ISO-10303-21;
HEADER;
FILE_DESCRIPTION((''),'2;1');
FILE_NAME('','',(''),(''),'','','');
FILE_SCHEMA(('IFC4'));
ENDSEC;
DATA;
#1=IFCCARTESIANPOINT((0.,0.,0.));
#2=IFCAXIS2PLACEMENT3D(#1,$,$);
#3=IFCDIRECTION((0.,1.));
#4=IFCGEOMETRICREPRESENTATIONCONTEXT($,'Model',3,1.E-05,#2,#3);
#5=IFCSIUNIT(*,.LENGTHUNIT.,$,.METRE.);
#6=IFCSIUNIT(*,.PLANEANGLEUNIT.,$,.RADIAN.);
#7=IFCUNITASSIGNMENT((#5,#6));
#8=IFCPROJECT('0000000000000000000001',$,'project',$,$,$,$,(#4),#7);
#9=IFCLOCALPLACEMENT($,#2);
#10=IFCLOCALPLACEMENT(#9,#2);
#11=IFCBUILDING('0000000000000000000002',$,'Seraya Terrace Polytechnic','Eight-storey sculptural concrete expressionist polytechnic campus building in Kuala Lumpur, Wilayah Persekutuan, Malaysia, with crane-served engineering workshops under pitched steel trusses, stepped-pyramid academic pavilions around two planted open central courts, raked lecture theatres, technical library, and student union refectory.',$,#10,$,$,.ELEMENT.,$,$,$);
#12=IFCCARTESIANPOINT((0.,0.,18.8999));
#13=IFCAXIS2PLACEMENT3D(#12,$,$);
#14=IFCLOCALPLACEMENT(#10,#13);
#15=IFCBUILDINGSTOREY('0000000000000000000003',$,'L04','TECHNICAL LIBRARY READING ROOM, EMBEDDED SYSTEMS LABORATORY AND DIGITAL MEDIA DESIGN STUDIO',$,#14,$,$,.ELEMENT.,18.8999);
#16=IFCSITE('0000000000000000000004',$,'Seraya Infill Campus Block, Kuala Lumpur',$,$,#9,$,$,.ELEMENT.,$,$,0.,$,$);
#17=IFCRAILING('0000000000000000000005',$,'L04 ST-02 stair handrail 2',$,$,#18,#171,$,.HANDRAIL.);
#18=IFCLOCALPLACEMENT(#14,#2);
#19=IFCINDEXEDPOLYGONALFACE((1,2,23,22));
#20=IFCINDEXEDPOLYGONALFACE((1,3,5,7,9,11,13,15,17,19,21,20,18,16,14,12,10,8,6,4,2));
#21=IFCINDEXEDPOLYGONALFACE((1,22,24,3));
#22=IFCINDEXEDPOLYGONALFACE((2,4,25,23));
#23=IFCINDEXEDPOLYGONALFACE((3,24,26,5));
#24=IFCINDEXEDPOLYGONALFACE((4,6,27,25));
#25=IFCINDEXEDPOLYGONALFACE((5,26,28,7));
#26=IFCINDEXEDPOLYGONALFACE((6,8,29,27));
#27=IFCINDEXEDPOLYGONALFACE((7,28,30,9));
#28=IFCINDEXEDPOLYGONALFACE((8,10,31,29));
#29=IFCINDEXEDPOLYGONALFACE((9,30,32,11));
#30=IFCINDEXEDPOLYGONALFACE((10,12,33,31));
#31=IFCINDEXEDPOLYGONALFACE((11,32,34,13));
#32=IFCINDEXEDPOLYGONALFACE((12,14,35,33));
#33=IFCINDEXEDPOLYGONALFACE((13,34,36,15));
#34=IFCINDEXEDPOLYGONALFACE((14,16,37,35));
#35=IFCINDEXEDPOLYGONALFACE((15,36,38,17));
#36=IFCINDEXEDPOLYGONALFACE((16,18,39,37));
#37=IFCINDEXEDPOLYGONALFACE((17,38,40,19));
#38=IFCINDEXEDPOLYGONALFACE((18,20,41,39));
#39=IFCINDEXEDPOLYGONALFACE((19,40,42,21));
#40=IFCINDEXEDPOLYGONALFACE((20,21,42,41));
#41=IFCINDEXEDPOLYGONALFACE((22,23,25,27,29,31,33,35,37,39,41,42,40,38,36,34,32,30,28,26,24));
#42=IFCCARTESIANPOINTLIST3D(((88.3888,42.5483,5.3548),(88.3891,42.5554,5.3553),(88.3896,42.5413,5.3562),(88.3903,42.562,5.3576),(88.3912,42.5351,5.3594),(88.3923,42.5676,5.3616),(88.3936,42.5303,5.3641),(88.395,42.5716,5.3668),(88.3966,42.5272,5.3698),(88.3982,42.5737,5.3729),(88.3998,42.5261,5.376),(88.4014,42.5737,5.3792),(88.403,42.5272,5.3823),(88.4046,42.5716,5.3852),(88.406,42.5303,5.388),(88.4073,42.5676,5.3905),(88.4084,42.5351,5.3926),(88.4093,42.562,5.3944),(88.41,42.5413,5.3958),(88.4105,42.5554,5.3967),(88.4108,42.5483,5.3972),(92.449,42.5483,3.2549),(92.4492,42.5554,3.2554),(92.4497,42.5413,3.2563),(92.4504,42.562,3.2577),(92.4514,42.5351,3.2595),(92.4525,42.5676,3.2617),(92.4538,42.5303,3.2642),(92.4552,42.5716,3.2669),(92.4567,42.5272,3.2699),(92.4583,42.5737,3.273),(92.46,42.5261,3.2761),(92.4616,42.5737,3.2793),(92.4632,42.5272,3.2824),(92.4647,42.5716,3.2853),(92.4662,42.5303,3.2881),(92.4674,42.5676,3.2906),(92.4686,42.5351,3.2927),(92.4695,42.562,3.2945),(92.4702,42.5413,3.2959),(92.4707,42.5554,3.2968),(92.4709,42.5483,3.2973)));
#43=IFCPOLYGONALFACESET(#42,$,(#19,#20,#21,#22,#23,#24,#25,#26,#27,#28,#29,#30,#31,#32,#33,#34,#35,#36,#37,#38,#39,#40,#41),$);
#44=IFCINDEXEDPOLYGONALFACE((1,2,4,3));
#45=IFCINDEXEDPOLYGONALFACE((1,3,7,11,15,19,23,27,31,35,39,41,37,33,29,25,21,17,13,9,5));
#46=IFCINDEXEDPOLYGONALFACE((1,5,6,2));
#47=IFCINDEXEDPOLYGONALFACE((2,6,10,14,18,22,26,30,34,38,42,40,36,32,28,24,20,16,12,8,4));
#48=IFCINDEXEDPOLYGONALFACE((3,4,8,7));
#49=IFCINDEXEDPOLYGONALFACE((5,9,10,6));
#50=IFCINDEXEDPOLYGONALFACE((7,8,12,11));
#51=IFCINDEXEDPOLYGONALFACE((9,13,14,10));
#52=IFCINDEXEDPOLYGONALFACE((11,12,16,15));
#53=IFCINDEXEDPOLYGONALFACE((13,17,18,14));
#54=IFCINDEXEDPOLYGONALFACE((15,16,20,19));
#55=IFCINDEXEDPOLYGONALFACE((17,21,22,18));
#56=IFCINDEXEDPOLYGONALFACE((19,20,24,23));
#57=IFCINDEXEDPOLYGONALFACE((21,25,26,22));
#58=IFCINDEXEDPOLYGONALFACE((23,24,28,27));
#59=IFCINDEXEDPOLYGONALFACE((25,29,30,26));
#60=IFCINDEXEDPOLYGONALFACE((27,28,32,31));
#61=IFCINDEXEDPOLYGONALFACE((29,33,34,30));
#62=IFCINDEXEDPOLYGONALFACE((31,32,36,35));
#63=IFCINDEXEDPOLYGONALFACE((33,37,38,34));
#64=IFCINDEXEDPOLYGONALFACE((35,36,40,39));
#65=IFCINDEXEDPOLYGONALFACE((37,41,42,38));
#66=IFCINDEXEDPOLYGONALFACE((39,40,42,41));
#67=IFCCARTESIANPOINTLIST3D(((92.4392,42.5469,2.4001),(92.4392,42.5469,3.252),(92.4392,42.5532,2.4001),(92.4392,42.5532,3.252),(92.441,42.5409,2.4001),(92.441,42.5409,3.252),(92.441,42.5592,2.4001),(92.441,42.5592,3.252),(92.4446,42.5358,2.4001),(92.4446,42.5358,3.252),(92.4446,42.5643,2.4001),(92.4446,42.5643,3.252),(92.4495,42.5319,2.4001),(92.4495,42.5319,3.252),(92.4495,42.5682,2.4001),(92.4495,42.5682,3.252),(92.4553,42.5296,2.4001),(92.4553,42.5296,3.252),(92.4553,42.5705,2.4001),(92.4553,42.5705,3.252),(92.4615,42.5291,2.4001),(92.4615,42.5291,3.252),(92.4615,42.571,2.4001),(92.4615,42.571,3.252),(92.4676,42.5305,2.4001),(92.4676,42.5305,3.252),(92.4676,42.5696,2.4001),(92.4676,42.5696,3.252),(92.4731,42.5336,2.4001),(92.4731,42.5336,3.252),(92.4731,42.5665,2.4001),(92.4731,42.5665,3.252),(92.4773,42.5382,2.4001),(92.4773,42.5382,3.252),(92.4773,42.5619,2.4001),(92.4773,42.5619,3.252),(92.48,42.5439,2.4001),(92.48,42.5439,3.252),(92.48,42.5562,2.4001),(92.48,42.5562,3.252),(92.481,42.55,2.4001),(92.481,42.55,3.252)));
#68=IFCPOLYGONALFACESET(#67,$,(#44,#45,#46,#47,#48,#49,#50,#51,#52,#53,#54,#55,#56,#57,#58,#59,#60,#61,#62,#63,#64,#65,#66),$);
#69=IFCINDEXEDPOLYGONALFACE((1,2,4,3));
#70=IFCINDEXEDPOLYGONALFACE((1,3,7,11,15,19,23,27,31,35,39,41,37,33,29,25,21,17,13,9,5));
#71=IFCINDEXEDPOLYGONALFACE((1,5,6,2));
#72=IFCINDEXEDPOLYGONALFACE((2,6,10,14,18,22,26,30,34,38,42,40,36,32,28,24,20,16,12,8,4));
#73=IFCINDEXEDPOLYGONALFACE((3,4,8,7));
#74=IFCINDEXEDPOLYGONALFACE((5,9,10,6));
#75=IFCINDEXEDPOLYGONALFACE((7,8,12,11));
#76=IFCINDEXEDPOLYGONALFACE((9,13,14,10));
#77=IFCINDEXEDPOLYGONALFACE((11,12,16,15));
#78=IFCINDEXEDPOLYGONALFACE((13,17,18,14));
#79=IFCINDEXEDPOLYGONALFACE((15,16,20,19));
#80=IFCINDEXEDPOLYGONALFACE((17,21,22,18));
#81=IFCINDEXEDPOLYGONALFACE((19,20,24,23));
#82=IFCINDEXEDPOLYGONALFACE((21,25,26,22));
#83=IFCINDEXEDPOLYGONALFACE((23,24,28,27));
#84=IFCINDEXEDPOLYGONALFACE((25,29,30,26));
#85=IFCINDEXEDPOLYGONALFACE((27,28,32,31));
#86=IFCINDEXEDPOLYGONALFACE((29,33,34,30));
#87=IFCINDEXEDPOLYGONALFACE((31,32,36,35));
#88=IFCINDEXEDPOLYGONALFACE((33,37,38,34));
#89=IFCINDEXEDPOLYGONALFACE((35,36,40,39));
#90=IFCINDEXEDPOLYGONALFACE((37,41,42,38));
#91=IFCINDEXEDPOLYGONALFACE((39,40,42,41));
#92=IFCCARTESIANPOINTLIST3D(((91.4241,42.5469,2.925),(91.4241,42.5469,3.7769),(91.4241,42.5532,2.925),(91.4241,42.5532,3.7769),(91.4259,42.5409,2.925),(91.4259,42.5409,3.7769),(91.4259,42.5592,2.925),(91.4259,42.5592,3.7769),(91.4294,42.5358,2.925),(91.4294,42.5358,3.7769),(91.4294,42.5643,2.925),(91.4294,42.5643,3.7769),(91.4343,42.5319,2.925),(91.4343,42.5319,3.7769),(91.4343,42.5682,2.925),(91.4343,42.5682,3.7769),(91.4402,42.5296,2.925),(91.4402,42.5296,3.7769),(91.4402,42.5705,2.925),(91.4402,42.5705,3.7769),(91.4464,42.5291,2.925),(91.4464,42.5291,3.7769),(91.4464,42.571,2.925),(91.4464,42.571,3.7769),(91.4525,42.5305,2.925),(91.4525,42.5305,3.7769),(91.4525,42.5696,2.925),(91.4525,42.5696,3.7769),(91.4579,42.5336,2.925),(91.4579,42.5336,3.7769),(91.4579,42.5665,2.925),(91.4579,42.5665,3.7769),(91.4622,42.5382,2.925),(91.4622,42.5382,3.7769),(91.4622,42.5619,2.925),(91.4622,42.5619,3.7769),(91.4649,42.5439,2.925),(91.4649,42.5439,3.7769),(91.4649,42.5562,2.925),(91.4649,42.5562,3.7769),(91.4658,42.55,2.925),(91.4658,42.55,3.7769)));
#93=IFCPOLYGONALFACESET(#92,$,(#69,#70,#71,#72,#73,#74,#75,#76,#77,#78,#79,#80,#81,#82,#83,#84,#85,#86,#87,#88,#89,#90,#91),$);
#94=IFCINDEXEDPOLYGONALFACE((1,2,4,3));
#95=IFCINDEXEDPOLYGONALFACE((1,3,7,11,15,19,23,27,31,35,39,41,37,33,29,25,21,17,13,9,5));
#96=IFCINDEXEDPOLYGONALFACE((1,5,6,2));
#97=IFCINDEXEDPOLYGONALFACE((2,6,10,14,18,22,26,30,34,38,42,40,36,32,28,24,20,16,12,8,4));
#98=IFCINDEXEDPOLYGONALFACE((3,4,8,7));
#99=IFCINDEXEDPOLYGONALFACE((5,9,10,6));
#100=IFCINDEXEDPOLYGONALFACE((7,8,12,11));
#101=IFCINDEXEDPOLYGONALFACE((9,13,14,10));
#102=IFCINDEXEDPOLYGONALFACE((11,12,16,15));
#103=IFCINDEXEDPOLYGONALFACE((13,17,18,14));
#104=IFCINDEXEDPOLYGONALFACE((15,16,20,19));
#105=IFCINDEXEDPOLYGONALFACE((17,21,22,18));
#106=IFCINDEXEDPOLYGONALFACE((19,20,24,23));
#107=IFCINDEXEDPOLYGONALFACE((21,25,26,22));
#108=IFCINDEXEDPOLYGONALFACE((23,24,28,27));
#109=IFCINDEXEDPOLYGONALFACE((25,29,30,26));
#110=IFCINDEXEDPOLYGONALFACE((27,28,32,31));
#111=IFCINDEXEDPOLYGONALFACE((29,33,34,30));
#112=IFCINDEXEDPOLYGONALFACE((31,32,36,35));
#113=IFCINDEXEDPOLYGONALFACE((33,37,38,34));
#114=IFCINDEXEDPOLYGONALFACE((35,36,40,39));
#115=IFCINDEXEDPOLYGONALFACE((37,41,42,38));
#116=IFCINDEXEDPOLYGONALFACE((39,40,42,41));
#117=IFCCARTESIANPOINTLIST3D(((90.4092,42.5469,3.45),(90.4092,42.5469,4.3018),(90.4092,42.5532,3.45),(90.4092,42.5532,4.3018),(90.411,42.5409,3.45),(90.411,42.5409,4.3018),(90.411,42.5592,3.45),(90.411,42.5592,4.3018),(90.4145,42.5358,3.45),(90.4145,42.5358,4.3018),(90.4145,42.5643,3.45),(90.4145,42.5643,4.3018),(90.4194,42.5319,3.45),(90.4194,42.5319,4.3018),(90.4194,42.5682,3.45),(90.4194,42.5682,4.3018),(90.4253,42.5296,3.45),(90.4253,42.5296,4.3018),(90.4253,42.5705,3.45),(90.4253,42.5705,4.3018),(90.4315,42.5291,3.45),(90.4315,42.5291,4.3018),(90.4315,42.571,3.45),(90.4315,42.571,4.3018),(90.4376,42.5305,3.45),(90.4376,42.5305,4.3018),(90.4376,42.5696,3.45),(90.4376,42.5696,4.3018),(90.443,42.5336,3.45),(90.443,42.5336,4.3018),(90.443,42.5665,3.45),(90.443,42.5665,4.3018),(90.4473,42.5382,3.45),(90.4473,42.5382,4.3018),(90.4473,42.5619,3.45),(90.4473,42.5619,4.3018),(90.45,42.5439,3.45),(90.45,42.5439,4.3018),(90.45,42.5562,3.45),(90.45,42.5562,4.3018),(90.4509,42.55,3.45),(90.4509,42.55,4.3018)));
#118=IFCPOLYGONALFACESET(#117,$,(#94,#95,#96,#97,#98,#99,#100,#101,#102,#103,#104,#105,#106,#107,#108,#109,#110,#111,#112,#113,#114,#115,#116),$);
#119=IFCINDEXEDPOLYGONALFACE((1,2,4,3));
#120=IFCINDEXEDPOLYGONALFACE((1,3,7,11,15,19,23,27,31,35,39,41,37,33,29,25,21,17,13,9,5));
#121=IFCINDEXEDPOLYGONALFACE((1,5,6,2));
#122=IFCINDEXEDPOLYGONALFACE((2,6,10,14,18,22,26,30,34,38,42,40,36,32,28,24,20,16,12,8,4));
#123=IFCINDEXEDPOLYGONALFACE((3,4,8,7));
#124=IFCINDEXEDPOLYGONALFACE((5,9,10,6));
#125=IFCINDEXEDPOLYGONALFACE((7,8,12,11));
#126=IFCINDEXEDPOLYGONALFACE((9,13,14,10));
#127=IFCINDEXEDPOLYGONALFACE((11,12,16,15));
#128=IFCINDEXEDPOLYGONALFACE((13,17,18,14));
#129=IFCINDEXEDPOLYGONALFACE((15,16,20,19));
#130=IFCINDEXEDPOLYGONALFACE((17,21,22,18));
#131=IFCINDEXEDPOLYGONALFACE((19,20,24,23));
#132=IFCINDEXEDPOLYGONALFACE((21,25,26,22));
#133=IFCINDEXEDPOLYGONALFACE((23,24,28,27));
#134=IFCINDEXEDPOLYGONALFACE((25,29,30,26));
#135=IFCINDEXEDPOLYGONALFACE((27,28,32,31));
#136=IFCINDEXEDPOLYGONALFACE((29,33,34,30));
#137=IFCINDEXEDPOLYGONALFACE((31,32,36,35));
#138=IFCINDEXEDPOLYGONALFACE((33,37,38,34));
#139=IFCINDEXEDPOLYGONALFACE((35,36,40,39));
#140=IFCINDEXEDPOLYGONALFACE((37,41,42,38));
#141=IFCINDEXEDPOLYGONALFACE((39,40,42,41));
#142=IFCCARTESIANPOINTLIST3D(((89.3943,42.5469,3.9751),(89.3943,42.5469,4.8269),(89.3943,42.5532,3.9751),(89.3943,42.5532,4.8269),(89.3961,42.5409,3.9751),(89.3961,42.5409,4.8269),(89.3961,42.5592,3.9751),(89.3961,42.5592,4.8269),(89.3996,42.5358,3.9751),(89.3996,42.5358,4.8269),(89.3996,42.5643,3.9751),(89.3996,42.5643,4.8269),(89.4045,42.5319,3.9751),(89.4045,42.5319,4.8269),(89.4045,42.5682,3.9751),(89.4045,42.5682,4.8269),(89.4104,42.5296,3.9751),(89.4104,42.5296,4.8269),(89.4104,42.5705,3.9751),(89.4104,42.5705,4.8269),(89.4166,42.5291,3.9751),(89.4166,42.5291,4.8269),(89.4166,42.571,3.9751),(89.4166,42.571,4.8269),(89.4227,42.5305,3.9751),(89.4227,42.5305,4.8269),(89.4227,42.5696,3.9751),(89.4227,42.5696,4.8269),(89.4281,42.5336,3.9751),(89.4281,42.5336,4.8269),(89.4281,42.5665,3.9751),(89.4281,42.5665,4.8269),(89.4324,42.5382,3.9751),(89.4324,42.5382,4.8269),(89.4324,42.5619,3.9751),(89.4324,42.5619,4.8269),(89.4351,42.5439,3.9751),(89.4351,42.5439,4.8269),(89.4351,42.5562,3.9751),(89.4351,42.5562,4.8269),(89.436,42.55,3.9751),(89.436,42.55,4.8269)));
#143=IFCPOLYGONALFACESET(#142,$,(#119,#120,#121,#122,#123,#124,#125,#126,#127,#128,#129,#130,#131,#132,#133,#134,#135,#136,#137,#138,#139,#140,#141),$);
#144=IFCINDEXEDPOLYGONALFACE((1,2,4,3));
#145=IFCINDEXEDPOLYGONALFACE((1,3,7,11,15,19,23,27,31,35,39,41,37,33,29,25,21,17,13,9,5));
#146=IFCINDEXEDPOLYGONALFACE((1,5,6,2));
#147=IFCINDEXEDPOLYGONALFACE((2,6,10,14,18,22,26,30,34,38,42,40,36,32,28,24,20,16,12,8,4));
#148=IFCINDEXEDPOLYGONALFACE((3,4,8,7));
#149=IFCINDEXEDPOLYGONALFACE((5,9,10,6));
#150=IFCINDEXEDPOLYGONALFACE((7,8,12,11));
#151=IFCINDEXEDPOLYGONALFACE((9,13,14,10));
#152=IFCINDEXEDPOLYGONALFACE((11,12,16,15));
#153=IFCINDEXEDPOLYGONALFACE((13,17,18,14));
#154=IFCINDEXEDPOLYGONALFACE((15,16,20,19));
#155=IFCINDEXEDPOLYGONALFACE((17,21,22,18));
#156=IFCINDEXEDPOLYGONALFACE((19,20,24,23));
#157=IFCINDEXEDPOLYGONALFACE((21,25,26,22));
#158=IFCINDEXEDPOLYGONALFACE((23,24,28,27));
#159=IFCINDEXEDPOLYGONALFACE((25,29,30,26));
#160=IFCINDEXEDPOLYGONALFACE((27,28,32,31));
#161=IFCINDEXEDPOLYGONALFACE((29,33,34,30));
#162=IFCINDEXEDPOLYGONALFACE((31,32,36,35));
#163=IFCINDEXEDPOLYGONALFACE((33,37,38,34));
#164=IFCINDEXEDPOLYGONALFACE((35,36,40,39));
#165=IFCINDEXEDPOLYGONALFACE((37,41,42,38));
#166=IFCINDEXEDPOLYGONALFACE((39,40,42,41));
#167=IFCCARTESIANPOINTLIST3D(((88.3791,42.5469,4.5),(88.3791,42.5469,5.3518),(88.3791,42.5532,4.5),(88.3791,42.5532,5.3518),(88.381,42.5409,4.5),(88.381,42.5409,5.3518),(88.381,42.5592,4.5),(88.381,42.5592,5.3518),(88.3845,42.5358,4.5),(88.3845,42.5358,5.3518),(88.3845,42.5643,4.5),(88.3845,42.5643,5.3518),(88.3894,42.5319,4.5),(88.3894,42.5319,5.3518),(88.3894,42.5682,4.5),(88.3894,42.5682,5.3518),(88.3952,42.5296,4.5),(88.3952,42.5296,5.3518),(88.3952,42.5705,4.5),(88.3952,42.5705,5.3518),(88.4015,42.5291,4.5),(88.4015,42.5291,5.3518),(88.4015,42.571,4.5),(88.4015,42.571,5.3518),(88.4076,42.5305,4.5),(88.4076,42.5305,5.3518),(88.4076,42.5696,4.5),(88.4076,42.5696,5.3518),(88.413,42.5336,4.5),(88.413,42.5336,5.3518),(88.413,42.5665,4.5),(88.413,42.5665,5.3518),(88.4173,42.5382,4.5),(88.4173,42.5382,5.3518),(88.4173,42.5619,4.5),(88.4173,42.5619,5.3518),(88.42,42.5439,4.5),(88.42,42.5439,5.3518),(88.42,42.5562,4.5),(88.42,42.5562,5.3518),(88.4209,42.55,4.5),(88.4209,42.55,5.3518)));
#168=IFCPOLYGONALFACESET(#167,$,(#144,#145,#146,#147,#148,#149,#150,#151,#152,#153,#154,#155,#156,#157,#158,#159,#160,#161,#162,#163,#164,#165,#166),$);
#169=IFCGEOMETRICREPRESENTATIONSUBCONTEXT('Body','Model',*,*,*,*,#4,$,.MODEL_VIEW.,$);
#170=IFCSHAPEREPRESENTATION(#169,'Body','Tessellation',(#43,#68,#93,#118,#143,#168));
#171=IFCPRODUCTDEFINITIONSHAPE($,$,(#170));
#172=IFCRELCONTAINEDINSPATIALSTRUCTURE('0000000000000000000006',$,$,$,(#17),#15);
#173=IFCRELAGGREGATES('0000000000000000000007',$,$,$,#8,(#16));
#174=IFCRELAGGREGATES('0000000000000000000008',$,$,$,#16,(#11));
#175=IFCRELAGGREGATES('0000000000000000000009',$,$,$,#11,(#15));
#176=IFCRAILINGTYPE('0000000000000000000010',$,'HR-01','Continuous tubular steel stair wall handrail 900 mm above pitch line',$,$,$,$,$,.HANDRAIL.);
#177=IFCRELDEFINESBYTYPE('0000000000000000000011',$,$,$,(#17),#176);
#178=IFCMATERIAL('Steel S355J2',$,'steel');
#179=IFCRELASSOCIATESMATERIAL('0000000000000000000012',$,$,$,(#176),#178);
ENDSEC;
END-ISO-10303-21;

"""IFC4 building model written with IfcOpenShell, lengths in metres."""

from ifc_helpers import new_model, si_unit, direction, frame, origin, origin_2d, place, context, subcontext, project, spatial, circle, extrude, material, type_object, element, save


model = new_model("IFC4")

# Units and contexts
model_context = context("Model", 3, precision=1e-05, world=origin(), true_north=direction((0.0, 1.0)))
body_context = subcontext(model_context, "Body", "Model", "MODEL_VIEW")
ifc_project = project(units=[si_unit("LENGTHUNIT", "METRE"), si_unit("PLANEANGLEUNIT", "RADIAN")], contexts=[model_context])

# Site, building, storey
site_placement = place(None, origin())
site = spatial("IfcSite", under=ifc_project, at=site_placement, Name="Seraya Infill Campus Block, Kuala Lumpur", CompositionType="ELEMENT", RefElevation=0.0)
building_placement = place(site_placement, origin())
building = spatial("IfcBuilding", under=site, at=building_placement, Name="Seraya Terrace Polytechnic", Description="Eight-storey sculptural concrete expressionist polytechnic campus building in Kuala Lumpur, Wilayah Persekutuan, Malaysia, with crane-served engineering workshops under pitched steel trusses, stepped-pyramid academic pavilions around two planted open central courts, raked lecture theatres, technical library, and student union refectory.", CompositionType="ELEMENT")
storey_placement = place(building_placement, frame((0.0, 0.0, 18.8999)))
storey = spatial("IfcBuildingStorey", under=building, at=storey_placement, Name="L04", Description="TECHNICAL LIBRARY READING ROOM, EMBEDDED SYSTEMS LABORATORY AND DIGITAL MEDIA DESIGN STUDIO", CompositionType="ELEMENT", Elevation=18.8999)

# Railing
ifc_material_1 = material(Name="Steel S355J2", Category="steel")
railing_type_1 = type_object("IfcRailingType", Name="HR-01", Description="Continuous tubular steel stair wall handrail 900 mm above pitch line", PredefinedType="HANDRAIL", material=ifc_material_1)
railing_1_placement = place(storey_placement, frame((92.46, 42.55, 2.4001)))
element("IfcRailing", 1, at=railing_1_placement, inside=storey, type_object=railing_type_1, Name="L04 ST-02 stair handrail 2", PredefinedType="HANDRAIL", context=body_context, shape_type="SweptSolid", body=[
    extrude(circle(Radius=0.0239, at=origin_2d()), frame((0.0, 0.0, 0.876), z_axis=(-0.888233, 0.0, 0.459392), x_axis=(0.0, -1.0, 0.0)), (0.0, 0.0, 1.0), 4.571),
    extrude(circle(Radius=0.021, at=origin_2d()), origin(), (0.0, 0.0, 1.0), 0.8518),
    extrude(circle(Radius=0.021, at=origin_2d()), frame((-1.0151, 0.0, 0.5249)), (0.0, 0.0, 1.0), 0.8518),
    extrude(circle(Radius=0.021, at=origin_2d()), frame((-2.03, 0.0, 1.0498)), (0.0, 0.0, 1.0), 0.8518),
    extrude(circle(Radius=0.021, at=origin_2d()), frame((-3.0449, 0.0, 1.575)), (0.0, 0.0, 1.0), 0.8518),
    extrude(circle(Radius=0.021, at=origin_2d()), frame((-4.0601, 0.0, 2.0999)), (0.0, 0.0, 1.0), 0.8518),
])

save(model, "model.ifc")
